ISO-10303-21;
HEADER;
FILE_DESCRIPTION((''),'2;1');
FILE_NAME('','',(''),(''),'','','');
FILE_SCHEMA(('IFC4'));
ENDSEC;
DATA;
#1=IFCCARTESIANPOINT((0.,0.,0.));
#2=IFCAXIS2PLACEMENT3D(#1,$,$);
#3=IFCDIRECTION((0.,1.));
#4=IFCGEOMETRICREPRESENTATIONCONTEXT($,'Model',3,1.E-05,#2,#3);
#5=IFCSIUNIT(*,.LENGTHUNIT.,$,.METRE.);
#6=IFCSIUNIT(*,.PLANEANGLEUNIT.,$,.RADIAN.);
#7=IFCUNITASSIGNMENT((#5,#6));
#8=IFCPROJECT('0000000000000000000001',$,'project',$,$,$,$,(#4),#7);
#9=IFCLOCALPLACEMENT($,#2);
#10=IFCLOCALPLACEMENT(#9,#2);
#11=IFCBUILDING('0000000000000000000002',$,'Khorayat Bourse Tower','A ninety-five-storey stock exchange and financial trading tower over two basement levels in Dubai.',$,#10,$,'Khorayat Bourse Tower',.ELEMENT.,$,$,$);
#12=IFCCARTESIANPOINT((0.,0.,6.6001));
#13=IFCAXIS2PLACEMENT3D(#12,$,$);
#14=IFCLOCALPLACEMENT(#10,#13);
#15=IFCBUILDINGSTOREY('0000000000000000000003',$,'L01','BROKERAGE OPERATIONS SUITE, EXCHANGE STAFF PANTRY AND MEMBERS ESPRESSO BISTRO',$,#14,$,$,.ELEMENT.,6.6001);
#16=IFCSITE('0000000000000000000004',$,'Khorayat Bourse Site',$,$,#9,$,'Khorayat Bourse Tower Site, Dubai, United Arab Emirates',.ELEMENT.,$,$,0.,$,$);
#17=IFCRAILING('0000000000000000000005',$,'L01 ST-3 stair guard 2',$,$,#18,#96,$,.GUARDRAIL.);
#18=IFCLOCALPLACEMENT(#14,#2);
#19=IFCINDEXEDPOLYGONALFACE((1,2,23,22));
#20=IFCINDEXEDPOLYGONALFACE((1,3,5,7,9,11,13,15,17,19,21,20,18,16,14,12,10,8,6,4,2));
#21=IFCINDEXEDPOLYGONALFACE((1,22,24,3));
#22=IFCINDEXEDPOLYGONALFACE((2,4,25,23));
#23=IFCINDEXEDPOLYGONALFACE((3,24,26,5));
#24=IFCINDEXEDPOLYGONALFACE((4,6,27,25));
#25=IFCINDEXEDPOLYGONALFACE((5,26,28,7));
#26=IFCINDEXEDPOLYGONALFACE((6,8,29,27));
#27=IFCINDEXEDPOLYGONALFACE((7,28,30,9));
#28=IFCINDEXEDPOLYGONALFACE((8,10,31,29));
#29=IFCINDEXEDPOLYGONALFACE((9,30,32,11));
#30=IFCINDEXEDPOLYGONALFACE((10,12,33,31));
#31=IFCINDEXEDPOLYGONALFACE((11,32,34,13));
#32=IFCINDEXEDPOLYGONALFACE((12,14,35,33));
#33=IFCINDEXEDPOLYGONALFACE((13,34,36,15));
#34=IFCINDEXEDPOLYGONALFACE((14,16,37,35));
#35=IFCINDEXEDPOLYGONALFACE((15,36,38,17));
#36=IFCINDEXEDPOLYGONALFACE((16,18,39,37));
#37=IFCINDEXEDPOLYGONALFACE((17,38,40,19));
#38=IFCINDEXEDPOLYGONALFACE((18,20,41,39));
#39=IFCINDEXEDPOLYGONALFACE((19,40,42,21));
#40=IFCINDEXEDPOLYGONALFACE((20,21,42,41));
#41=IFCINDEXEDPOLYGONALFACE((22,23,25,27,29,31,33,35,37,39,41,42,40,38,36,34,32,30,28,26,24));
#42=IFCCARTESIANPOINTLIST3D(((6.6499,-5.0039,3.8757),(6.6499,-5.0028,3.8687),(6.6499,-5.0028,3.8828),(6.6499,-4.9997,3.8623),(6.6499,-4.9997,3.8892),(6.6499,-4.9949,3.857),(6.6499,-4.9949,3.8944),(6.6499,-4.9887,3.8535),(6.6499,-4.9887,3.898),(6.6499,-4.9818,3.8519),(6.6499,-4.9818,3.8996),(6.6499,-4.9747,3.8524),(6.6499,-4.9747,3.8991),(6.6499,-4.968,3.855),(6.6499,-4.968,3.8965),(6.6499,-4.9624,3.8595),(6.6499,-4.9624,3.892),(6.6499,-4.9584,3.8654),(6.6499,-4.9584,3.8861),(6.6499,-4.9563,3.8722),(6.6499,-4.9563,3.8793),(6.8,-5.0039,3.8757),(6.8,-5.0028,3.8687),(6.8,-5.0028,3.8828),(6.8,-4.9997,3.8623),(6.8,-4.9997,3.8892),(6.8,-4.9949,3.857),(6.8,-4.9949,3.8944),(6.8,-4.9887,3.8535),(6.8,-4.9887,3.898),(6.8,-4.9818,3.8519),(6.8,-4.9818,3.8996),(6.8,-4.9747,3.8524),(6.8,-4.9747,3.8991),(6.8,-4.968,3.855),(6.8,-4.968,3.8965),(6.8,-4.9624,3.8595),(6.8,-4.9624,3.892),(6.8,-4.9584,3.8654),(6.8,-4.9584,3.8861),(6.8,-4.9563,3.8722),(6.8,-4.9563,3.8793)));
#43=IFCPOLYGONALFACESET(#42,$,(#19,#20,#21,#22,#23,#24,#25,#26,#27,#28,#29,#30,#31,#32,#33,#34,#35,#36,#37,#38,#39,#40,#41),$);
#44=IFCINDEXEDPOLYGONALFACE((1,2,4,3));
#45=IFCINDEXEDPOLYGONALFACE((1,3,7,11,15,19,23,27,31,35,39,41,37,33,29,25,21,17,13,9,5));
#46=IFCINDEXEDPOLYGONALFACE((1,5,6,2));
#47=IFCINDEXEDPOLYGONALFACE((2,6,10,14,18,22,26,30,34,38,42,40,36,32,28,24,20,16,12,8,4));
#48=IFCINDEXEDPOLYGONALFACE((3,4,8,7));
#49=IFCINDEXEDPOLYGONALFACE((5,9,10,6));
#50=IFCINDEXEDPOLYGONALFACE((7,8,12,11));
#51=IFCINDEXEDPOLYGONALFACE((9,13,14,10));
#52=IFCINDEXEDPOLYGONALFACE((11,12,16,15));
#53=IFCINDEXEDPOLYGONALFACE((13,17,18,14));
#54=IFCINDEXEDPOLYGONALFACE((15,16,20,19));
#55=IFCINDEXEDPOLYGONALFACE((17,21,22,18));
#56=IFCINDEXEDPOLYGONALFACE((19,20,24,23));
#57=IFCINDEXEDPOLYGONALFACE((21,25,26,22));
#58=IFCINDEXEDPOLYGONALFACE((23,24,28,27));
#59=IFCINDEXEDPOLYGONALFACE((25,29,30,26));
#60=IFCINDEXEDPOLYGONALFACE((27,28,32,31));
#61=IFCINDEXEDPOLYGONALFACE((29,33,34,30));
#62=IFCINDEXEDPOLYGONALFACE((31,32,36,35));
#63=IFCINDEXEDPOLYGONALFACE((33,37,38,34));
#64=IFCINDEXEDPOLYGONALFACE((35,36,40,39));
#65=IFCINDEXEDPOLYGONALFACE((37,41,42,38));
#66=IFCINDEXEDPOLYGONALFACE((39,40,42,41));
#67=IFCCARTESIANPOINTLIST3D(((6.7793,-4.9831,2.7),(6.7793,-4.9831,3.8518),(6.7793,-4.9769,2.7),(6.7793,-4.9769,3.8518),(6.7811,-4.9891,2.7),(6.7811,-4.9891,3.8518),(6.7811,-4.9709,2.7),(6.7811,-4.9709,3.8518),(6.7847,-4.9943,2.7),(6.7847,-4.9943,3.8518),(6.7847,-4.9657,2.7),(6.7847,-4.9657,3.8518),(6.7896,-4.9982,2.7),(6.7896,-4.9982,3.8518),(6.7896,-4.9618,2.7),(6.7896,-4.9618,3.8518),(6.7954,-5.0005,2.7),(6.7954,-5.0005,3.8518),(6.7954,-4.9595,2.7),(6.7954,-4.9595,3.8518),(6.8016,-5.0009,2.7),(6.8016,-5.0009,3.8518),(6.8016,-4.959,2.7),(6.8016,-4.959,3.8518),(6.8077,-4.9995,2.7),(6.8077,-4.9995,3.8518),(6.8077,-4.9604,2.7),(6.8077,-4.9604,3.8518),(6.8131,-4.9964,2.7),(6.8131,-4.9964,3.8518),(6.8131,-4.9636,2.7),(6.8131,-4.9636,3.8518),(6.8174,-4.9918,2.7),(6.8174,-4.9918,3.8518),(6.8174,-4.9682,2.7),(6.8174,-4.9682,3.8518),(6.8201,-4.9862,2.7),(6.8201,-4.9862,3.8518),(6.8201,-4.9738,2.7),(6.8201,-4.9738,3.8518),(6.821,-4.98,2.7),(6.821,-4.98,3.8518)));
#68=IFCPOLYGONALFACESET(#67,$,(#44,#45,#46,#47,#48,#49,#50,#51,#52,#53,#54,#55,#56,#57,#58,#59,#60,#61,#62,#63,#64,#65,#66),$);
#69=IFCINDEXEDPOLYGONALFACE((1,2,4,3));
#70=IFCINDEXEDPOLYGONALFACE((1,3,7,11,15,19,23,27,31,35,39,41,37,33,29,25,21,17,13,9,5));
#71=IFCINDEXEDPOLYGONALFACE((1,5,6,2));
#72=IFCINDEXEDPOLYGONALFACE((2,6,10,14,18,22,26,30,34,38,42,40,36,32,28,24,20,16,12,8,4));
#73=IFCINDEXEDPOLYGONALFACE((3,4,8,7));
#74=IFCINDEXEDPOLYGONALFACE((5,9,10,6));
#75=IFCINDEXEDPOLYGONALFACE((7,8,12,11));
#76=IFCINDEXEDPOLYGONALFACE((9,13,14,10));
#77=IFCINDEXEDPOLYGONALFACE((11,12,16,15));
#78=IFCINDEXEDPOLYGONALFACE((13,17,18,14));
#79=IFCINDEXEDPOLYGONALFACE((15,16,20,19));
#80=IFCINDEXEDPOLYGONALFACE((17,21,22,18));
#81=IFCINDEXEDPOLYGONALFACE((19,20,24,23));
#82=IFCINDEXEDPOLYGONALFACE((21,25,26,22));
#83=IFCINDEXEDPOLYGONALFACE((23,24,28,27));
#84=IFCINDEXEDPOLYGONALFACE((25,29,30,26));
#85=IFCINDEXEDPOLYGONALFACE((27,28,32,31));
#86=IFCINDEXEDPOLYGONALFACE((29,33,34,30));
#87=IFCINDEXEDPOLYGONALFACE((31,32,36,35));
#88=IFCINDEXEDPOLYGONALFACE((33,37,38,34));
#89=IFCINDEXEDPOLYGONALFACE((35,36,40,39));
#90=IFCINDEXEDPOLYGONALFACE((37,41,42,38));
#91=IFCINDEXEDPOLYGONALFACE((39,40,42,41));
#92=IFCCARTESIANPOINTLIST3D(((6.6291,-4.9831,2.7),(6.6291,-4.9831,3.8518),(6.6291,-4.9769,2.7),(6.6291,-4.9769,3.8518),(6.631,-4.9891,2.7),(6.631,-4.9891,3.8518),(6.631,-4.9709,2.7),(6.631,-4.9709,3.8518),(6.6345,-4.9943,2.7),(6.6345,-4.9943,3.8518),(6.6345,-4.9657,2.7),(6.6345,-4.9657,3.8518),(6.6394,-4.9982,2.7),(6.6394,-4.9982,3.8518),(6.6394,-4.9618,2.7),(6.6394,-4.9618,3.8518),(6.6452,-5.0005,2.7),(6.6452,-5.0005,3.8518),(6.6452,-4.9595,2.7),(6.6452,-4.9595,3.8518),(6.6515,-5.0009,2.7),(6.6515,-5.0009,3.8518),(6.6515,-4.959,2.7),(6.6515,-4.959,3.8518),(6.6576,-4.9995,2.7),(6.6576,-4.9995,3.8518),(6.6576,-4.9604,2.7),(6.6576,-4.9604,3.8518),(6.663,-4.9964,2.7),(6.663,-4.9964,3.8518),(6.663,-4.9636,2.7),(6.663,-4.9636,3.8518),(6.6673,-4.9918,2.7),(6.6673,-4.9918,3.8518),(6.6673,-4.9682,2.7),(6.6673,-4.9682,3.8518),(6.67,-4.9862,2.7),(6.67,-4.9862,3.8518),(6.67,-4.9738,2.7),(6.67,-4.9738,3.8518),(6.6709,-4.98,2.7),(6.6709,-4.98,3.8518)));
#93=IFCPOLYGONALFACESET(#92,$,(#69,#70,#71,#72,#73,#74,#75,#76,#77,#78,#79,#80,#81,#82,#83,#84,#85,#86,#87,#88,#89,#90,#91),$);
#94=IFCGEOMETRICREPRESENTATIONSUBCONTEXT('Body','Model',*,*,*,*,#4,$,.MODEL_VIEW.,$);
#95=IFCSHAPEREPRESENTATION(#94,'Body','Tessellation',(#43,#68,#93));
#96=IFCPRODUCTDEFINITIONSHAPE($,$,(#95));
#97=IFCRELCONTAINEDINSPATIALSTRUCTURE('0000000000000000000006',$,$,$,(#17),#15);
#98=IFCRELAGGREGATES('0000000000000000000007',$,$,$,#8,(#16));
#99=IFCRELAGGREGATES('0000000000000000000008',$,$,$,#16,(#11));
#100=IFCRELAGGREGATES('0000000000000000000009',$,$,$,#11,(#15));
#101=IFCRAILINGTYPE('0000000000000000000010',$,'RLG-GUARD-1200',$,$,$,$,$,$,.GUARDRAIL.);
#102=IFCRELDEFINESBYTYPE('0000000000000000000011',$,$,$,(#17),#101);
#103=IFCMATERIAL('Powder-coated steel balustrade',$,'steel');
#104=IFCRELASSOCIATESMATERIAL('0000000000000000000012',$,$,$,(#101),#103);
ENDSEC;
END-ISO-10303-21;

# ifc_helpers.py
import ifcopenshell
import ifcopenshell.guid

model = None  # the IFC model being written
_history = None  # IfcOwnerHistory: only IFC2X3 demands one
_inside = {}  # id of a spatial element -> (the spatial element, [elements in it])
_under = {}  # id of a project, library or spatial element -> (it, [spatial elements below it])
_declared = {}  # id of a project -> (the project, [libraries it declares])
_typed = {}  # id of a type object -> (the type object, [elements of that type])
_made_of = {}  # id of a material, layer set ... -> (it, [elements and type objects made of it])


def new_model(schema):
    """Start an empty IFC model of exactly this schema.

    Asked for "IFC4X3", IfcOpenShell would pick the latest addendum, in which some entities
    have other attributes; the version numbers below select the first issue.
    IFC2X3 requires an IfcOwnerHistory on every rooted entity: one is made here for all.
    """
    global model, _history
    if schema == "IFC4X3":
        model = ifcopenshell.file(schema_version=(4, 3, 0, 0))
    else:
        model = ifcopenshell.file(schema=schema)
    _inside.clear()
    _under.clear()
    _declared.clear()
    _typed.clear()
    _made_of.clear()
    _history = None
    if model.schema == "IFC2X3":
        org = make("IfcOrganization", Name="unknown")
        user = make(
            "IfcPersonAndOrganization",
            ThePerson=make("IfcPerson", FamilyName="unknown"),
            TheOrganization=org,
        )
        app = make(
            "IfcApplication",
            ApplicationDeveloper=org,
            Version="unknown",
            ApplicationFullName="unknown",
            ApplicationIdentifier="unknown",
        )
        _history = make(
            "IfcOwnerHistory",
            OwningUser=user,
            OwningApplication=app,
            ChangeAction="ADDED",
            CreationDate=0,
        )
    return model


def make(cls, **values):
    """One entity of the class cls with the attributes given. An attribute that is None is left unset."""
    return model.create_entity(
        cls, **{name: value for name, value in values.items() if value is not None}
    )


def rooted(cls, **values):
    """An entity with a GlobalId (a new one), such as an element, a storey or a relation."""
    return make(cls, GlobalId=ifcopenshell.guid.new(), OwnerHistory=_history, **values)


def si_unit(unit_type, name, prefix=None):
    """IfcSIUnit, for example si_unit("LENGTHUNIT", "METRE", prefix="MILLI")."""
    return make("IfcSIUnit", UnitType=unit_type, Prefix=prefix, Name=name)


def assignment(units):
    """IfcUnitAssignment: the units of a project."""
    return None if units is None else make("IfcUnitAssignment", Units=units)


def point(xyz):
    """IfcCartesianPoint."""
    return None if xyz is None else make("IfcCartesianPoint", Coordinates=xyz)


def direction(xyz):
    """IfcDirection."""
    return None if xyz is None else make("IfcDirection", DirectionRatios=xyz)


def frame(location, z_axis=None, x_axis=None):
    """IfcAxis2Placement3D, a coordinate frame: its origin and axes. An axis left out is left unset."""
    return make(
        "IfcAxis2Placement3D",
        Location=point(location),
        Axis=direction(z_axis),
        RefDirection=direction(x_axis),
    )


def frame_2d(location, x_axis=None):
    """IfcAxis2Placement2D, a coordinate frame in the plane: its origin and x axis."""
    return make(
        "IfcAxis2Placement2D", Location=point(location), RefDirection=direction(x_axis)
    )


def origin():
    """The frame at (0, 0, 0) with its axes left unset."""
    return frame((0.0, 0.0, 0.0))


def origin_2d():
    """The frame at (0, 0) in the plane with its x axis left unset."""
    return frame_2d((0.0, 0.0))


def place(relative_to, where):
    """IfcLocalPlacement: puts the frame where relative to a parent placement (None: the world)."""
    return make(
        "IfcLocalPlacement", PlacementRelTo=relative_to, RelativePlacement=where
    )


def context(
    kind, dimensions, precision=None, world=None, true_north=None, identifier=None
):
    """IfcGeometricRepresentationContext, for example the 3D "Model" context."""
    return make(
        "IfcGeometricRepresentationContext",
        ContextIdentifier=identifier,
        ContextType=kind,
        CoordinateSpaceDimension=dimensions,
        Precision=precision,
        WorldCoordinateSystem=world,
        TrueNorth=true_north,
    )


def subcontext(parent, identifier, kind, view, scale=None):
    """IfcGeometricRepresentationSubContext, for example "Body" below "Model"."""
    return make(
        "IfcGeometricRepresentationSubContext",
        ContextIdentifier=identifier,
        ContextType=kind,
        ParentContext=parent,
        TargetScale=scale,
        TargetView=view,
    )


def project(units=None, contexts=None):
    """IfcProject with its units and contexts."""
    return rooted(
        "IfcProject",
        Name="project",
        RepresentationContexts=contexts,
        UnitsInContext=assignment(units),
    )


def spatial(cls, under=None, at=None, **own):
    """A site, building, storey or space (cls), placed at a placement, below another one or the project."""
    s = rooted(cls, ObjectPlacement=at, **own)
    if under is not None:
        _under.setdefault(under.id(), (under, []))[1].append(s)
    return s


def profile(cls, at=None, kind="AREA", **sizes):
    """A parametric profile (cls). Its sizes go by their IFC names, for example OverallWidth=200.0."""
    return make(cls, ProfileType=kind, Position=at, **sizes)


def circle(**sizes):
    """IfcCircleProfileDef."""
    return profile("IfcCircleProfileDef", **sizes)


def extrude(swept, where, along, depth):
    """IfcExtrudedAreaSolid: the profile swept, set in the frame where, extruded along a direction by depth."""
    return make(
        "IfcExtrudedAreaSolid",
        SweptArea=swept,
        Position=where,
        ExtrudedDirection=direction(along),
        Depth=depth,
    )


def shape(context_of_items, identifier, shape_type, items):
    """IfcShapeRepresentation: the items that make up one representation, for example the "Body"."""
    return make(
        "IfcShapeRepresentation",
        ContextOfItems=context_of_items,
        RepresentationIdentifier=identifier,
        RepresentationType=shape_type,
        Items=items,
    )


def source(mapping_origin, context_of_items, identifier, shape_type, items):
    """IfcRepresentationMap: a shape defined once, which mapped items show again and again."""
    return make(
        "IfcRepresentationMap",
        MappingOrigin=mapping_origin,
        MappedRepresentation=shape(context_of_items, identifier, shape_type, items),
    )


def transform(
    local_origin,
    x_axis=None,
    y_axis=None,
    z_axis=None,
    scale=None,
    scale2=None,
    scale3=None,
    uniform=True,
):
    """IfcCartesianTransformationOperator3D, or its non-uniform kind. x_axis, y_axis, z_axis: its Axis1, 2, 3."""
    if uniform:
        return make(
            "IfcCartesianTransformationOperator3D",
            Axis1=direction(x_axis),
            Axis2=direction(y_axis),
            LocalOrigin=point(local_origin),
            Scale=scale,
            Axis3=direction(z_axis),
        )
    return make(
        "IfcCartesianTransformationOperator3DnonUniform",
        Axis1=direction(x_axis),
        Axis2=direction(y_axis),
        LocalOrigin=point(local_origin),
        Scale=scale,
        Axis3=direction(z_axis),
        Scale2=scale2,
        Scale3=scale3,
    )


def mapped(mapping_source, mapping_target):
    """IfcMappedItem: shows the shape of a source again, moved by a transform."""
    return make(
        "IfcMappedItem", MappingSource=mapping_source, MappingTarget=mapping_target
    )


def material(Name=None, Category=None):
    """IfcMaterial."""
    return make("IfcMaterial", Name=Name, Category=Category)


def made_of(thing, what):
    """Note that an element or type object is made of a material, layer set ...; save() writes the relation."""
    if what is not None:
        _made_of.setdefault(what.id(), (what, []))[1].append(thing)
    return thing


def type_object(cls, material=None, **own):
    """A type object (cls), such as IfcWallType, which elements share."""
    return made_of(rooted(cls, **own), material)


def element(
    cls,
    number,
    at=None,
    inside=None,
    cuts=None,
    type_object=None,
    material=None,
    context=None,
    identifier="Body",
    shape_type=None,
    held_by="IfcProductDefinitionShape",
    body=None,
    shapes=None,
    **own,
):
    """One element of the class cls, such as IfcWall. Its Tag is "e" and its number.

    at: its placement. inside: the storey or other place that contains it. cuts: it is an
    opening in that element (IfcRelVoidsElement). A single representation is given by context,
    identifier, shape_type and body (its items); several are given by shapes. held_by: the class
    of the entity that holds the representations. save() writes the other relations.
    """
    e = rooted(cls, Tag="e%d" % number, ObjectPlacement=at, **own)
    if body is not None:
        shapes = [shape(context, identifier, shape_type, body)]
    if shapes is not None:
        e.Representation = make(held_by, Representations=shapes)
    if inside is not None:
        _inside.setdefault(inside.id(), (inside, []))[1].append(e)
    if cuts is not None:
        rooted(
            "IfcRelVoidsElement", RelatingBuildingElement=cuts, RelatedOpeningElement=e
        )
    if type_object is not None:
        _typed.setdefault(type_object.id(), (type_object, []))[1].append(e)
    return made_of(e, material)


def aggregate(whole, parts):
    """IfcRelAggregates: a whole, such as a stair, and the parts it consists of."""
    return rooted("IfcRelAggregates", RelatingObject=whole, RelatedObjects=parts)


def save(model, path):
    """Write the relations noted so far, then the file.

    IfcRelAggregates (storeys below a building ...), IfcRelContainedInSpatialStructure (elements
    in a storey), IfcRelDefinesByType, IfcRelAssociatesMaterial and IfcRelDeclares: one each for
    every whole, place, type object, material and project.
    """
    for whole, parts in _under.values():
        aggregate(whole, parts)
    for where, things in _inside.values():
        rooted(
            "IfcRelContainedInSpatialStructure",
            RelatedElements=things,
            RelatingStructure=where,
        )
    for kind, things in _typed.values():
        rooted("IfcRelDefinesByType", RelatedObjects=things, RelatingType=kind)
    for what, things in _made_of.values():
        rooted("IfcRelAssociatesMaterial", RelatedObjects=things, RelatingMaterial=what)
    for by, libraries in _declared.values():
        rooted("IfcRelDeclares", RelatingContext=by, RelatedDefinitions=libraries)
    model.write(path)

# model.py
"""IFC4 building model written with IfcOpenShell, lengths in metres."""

from ifc_helpers import new_model, si_unit, direction, frame, origin, origin_2d, place, context, subcontext, project, spatial, circle, extrude, source, transform, mapped, material, type_object, element, save


model = new_model("IFC4")

# Units and contexts
model_context = context("Model", 3, precision=1e-05, world=origin(), true_north=direction((0.0, 1.0)))
body_context = subcontext(model_context, "Body", "Model", "MODEL_VIEW")
ifc_project = project(units=[si_unit("LENGTHUNIT", "METRE"), si_unit("PLANEANGLEUNIT", "RADIAN")], contexts=[model_context])

# Site, building, storey
site_placement = place(None, origin())
site = spatial("IfcSite", under=ifc_project, at=site_placement, Name="Khorayat Bourse Site", LongName="Khorayat Bourse Tower Site, Dubai, United Arab Emirates", CompositionType="ELEMENT", RefElevation=0.0)
building_placement = place(site_placement, origin())
building = spatial("IfcBuilding", under=site, at=building_placement, Name="Khorayat Bourse Tower", Description="A ninety-five-storey stock exchange and financial trading tower over two basement levels in Dubai.", LongName="Khorayat Bourse Tower", CompositionType="ELEMENT")
storey_placement = place(building_placement, frame((0.0, 0.0, 6.6001)))
storey = spatial("IfcBuildingStorey", under=building, at=storey_placement, Name="L01", Description="BROKERAGE OPERATIONS SUITE, EXCHANGE STAFF PANTRY AND MEMBERS ESPRESSO BISTRO", CompositionType="ELEMENT", Elevation=6.6001)

# Railing
ifc_material_1 = material(Name="Powder-coated steel balustrade", Category="steel")
railing_type_1 = type_object("IfcRailingType", Name="RLG-GUARD-1200", PredefinedType="GUARDRAIL", material=ifc_material_1)
shared_shape_1 = source(origin(), body_context, "Body", "SweptSolid", [
    extrude(circle(Radius=0.0239, at=origin_2d()), frame((0.0, 0.0, 1.1758), z_axis=(-1.0, 0.0, 0.0), x_axis=(0.0, -1.0, 0.0)), (0.0, 0.0, 1.0), 0.1501),
    extrude(circle(Radius=0.021, at=origin_2d()), origin(), (0.0, 0.0, 1.0), 1.1519),
    extrude(circle(Radius=0.021, at=origin_2d()), frame((-0.1501, 0.0, 0.0)), (0.0, 0.0, 1.0), 1.1519),
])
railing_1_placement = place(storey_placement, frame((6.8, -4.98, 2.7)))
element("IfcRailing", 1, at=railing_1_placement, inside=storey, type_object=railing_type_1, Name="L01 ST-3 stair guard 2", PredefinedType="GUARDRAIL", context=body_context, shape_type="MappedRepresentation", body=[
    mapped(shared_shape_1, transform((0.0, 0.0, 0.0), scale=1.0)),
])

save(model, "model.ifc")
